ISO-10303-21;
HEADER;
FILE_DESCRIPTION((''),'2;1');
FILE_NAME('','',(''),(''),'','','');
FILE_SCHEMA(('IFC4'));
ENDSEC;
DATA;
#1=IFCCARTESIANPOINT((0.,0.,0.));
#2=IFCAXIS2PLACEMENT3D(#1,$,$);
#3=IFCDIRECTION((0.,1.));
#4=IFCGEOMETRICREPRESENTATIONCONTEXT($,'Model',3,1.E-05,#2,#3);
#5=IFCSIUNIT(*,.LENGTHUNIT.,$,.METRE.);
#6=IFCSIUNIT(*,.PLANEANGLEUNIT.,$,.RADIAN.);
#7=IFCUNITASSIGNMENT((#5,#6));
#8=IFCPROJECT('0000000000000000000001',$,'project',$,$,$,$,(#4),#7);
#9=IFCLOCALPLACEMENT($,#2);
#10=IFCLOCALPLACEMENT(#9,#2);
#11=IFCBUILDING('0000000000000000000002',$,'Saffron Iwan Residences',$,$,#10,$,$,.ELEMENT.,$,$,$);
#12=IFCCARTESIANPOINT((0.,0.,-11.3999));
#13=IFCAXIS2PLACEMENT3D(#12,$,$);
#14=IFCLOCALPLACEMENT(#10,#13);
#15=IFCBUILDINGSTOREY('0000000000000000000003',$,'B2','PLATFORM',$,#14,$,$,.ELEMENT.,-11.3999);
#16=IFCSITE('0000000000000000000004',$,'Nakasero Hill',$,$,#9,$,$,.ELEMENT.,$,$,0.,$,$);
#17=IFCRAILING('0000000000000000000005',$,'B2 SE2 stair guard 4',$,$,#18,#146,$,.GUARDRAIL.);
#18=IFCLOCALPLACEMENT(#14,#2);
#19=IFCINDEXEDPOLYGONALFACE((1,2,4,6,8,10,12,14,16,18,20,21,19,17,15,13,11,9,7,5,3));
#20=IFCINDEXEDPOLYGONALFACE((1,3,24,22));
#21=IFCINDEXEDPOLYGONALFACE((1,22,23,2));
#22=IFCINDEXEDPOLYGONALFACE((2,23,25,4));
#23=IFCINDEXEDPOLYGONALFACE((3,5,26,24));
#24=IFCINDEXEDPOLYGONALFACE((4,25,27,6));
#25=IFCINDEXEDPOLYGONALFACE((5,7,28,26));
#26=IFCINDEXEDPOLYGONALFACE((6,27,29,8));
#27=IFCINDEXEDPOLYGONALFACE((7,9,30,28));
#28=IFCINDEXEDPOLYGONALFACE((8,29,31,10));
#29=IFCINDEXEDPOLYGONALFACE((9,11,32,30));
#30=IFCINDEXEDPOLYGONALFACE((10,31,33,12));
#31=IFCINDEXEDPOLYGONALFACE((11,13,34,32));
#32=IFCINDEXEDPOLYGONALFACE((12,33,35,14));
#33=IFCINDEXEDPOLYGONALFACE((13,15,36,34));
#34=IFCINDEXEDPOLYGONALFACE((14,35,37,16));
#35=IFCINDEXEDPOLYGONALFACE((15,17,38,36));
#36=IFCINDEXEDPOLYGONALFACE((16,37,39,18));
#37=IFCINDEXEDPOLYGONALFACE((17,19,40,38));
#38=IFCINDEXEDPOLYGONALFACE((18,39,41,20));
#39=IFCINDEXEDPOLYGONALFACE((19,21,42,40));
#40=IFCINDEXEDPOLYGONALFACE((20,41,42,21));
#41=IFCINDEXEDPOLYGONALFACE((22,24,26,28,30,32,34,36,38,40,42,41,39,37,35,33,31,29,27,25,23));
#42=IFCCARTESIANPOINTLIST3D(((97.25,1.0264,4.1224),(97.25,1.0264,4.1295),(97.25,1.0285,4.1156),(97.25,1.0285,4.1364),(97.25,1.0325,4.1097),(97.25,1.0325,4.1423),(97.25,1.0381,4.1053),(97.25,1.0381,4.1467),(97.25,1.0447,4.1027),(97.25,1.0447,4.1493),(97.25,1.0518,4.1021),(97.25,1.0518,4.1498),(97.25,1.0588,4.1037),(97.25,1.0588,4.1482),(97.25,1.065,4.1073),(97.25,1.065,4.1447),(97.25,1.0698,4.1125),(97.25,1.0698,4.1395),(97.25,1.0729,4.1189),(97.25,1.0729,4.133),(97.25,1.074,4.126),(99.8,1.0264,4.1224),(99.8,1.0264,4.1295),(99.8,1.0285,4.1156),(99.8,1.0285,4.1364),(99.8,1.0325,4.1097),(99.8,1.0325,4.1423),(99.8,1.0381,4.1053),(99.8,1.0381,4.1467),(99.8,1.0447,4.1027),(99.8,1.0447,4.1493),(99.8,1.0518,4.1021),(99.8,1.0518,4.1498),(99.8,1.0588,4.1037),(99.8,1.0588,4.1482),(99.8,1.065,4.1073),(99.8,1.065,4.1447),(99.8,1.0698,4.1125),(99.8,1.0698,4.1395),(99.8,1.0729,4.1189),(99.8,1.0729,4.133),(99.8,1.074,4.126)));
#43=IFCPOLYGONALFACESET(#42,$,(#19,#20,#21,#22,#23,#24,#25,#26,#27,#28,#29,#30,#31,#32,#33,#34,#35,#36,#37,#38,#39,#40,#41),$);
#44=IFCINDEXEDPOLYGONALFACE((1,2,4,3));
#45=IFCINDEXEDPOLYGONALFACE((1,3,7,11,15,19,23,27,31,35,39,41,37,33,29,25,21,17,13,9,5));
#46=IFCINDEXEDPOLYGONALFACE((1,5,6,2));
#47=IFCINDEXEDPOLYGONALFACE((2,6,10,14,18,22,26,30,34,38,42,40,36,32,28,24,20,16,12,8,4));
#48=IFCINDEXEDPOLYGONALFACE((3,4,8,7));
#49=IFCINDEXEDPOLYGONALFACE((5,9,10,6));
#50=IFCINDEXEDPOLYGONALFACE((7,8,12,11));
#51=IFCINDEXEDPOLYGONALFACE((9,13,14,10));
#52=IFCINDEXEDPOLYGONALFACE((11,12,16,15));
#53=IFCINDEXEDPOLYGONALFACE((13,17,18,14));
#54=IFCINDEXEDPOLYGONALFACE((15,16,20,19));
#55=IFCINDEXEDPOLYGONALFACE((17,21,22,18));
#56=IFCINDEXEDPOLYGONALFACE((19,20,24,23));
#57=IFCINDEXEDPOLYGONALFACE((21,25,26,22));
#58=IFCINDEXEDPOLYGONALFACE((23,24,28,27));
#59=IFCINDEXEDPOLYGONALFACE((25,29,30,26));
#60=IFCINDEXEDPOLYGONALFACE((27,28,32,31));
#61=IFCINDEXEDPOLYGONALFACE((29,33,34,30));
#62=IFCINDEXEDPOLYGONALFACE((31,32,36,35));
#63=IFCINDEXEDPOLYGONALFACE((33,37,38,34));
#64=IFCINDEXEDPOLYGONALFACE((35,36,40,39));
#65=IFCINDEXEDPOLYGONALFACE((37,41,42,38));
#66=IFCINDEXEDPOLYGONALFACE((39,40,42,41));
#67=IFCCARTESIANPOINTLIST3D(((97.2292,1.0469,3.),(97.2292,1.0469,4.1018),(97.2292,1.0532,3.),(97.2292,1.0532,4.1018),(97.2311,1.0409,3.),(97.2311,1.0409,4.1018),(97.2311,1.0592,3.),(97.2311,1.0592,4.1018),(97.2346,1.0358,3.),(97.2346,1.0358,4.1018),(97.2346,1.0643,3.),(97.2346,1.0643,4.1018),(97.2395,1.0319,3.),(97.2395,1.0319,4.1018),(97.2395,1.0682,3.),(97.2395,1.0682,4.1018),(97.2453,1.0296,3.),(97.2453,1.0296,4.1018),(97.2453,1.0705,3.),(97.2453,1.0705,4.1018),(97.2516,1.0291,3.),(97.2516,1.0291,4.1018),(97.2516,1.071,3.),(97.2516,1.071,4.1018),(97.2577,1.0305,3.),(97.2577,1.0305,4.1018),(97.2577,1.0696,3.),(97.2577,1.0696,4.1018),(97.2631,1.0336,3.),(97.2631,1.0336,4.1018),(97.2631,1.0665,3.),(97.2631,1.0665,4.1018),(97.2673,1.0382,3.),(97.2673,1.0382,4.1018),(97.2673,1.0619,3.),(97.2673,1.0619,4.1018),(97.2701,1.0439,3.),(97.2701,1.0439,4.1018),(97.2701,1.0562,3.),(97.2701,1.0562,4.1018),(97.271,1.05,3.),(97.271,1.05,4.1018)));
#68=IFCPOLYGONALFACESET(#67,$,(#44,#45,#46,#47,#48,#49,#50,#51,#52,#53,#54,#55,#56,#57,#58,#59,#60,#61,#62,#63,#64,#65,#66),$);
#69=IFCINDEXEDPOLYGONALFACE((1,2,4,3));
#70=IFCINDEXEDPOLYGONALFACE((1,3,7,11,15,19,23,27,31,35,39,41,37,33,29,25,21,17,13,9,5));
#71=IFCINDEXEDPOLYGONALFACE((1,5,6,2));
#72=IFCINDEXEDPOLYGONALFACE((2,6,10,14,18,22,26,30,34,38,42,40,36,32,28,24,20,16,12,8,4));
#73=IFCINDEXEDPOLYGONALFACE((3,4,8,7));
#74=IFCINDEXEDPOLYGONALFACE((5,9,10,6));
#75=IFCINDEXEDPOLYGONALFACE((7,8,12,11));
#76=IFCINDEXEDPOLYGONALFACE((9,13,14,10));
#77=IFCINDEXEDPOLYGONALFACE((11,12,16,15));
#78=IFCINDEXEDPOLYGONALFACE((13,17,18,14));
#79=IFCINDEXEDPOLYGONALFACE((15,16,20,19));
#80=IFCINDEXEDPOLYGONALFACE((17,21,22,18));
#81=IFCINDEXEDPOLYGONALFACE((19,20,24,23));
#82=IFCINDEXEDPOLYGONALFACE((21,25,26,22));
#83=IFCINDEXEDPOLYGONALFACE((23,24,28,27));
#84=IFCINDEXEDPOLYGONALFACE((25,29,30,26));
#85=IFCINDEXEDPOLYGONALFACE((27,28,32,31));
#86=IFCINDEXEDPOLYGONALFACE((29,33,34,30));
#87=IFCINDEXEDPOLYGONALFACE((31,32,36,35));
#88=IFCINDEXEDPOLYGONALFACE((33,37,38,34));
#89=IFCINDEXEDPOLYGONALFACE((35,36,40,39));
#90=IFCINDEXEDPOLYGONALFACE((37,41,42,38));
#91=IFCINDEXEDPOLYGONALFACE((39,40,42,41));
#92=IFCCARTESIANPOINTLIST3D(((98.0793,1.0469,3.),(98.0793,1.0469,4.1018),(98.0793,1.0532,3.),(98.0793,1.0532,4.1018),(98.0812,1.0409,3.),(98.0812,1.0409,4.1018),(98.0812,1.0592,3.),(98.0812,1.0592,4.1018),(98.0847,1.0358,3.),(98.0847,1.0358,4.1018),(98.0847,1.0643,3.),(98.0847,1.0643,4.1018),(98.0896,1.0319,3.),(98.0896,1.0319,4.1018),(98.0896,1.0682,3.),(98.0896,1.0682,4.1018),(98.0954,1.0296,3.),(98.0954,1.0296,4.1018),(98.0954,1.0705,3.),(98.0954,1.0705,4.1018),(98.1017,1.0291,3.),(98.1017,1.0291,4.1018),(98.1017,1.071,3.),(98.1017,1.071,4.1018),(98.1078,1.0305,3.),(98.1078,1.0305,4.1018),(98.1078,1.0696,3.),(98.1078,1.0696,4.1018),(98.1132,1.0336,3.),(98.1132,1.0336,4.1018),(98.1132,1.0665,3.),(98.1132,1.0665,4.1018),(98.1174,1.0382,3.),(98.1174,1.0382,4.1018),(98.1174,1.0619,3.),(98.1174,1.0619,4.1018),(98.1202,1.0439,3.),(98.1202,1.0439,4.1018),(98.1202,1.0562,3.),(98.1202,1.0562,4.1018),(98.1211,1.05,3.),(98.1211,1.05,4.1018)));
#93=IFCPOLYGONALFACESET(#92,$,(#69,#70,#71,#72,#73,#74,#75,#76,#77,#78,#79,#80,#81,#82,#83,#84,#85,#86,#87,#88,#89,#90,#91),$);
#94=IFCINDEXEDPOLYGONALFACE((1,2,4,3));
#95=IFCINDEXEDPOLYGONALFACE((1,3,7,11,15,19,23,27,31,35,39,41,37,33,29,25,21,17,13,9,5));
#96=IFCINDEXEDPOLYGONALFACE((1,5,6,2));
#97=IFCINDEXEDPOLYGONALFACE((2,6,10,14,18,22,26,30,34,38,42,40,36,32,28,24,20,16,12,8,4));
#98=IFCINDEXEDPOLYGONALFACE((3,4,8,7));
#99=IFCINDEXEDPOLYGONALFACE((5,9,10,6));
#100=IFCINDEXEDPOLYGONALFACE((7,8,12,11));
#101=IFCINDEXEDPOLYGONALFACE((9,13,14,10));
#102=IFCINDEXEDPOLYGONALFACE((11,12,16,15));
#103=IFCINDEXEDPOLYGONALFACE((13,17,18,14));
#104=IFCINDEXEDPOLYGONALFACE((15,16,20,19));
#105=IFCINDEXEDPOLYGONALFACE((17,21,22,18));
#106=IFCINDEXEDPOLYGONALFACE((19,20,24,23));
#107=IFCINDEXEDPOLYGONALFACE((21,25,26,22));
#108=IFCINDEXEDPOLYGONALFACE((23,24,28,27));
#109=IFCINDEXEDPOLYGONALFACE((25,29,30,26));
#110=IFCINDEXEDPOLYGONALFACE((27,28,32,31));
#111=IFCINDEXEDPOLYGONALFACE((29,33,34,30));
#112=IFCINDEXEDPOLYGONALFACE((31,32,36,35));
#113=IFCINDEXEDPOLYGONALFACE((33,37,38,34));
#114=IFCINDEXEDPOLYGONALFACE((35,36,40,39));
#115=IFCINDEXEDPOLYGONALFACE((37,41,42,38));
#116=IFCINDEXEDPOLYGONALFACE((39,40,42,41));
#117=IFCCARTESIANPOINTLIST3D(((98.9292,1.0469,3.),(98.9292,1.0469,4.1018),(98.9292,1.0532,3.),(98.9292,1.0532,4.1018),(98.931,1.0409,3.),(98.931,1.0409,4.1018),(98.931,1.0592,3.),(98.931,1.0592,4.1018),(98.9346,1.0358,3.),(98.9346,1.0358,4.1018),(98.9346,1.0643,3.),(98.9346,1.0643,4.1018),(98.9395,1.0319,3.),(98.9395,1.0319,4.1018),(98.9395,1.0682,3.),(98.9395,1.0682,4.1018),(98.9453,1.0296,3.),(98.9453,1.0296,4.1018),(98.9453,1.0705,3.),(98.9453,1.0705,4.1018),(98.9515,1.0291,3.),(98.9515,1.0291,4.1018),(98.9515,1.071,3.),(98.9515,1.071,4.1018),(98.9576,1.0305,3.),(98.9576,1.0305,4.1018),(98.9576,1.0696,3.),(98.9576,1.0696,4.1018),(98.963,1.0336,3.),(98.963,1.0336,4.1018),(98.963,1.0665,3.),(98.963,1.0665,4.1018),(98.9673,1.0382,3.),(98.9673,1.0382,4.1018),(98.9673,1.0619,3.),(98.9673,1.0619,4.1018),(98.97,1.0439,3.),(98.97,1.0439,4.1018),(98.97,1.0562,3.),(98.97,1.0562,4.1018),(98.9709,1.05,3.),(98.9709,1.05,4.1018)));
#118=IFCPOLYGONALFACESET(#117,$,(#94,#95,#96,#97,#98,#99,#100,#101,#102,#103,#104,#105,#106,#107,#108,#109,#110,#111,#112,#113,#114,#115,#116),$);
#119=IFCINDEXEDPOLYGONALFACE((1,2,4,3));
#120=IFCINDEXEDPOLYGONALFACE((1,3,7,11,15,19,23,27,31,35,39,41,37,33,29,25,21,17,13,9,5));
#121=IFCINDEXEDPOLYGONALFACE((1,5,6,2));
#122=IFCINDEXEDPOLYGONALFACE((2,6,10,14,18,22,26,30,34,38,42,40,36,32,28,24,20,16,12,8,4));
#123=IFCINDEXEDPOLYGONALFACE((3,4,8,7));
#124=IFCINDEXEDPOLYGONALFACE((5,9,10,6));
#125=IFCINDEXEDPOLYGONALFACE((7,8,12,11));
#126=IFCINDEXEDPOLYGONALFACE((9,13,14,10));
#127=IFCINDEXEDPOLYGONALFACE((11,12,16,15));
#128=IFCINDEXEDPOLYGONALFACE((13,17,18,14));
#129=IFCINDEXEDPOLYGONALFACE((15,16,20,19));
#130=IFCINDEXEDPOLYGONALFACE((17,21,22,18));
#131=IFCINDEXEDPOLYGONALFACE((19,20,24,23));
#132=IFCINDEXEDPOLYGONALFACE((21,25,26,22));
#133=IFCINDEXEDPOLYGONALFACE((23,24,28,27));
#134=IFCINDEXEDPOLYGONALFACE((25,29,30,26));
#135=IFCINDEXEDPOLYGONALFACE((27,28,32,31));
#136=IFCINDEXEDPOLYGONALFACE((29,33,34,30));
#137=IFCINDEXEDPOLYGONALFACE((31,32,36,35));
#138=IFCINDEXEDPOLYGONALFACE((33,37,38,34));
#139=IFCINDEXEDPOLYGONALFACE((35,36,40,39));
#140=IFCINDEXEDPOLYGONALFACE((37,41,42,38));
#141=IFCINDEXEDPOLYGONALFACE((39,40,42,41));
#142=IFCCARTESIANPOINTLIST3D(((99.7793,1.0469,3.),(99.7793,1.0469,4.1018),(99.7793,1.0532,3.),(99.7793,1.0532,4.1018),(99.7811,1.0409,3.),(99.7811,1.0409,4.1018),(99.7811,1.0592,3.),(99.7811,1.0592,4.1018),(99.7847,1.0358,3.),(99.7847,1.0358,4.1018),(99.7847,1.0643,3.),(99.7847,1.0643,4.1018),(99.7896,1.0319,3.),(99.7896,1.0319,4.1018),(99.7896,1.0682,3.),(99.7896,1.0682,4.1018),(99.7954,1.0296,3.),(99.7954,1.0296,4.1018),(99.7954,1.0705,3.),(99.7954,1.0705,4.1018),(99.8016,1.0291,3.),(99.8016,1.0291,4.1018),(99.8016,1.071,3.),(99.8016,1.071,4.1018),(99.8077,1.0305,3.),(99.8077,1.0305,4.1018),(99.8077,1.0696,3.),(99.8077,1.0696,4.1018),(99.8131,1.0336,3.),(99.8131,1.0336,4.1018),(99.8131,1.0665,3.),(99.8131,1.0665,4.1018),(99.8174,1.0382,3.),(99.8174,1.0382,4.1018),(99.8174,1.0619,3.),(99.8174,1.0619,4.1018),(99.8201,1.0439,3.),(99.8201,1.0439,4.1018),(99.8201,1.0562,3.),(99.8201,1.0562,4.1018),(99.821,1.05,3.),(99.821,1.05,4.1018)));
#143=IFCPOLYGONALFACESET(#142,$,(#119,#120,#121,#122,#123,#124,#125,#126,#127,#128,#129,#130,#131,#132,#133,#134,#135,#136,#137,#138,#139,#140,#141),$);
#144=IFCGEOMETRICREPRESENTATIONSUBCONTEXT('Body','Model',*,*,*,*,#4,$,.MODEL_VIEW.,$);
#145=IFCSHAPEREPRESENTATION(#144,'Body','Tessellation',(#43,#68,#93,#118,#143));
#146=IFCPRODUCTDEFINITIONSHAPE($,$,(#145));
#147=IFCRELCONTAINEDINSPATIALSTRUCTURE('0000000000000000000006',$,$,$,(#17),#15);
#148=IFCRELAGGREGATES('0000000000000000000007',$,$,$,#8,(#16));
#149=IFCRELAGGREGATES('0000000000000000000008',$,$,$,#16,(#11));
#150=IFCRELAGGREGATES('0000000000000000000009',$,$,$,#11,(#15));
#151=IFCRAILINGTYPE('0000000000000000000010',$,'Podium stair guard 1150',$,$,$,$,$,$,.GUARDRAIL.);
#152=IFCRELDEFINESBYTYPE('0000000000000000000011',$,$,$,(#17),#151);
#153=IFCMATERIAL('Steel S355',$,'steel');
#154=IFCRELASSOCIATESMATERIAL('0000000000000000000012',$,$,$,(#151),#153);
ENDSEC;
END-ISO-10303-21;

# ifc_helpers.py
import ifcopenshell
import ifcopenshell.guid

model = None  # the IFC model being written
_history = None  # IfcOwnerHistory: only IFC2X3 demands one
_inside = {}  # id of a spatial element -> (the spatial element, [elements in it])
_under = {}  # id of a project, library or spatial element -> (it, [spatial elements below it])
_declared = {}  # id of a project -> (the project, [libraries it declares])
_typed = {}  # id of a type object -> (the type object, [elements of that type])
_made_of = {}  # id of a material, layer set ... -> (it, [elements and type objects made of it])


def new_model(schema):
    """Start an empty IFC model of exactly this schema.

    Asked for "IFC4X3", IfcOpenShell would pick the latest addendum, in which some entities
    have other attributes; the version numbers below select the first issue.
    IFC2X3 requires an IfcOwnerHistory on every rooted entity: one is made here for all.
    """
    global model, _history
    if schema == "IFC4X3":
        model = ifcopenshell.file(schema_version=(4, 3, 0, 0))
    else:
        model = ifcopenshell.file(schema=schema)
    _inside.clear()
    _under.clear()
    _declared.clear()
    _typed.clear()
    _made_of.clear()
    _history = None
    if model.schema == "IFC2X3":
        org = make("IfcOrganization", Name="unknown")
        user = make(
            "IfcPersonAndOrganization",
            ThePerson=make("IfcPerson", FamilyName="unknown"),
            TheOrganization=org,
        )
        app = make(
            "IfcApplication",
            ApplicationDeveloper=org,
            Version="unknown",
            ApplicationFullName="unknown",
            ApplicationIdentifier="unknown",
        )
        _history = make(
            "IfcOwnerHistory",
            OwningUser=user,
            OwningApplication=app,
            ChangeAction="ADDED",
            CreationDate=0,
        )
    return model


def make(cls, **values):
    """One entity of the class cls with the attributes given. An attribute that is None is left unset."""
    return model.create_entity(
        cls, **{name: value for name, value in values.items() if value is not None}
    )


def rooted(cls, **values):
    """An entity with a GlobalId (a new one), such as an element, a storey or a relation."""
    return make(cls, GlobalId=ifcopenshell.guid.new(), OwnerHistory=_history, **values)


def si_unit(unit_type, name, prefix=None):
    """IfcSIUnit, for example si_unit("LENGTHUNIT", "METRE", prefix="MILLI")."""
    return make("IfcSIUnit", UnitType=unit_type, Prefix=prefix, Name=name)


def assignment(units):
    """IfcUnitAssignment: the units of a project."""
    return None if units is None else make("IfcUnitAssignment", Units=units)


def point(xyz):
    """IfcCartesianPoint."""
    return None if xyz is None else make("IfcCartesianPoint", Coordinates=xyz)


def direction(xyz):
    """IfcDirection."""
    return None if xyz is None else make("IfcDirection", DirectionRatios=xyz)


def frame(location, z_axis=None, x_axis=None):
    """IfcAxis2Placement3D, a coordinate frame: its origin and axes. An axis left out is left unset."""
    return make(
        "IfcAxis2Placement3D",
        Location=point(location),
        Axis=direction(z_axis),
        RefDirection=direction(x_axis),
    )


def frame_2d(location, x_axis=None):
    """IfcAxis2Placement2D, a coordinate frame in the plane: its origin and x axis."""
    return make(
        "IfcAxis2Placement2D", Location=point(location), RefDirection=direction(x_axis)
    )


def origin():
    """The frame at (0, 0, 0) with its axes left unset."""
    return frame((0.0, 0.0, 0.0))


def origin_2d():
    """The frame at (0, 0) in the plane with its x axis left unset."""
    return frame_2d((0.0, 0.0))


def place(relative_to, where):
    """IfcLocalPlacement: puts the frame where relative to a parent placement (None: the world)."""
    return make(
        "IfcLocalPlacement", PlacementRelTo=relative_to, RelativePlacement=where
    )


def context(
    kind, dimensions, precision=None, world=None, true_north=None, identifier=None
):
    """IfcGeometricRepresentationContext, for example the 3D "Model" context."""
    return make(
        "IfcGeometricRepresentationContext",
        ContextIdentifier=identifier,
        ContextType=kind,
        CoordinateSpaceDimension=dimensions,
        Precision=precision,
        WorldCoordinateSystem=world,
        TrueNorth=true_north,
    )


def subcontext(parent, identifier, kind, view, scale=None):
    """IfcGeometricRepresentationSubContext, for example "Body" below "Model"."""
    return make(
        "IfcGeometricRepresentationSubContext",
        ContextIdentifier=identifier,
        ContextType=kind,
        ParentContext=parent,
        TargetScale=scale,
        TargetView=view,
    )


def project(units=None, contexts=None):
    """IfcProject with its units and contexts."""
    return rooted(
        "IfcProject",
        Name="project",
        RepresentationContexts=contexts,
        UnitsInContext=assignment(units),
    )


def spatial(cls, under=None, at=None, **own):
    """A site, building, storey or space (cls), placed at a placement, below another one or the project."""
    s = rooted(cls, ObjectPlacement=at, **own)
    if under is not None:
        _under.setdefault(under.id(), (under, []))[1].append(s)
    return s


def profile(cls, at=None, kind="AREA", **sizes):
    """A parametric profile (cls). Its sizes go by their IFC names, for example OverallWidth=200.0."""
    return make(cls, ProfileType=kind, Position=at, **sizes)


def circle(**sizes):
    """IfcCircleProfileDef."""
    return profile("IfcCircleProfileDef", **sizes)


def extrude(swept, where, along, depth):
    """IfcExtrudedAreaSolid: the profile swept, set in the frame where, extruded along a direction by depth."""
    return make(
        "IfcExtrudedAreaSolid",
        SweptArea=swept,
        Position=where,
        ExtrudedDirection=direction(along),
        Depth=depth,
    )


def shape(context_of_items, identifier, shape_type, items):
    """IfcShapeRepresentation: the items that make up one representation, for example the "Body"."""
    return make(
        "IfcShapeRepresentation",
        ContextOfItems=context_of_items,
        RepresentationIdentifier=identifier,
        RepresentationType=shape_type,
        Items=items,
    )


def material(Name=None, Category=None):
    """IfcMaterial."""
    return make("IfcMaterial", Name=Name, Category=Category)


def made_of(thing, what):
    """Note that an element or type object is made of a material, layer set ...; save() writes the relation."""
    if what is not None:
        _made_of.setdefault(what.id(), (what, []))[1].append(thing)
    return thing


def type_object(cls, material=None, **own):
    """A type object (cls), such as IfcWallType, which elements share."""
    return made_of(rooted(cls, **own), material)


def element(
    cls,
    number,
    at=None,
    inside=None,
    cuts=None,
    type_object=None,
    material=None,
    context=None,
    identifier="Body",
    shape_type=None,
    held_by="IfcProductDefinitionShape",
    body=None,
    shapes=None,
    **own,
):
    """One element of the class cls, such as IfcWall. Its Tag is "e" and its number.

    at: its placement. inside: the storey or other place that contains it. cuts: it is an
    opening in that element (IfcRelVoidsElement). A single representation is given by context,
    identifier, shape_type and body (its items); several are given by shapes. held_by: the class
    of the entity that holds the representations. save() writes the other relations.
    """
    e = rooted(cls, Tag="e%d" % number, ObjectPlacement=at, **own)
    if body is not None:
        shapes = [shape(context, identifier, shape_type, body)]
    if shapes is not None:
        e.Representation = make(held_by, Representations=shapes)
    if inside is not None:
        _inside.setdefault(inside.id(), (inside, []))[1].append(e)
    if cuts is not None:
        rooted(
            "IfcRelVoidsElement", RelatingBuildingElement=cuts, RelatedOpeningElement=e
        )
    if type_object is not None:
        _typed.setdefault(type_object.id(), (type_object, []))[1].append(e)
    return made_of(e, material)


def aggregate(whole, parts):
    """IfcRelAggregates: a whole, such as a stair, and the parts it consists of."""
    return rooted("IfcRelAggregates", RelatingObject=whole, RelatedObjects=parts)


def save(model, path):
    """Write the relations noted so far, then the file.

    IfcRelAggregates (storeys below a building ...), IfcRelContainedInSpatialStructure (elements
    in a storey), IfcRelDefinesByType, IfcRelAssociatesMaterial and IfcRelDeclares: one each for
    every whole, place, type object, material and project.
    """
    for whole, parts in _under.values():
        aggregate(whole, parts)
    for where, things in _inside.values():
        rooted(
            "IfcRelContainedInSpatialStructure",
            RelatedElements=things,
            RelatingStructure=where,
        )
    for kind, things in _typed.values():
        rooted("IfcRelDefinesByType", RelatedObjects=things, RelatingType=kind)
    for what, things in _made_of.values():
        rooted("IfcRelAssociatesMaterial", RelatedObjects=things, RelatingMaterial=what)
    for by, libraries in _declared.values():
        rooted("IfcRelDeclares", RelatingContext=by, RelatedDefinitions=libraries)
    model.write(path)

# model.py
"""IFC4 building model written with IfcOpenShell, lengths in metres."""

from ifc_helpers import new_model, si_unit, direction, frame, origin, origin_2d, place, context, subcontext, project, spatial, circle, extrude, material, type_object, element, save


model = new_model("IFC4")

# Units and contexts
model_context = context("Model", 3, precision=1e-05, world=origin(), true_north=direction((0.0, 1.0)))
body_context = subcontext(model_context, "Body", "Model", "MODEL_VIEW")
ifc_project = project(units=[si_unit("LENGTHUNIT", "METRE"), si_unit("PLANEANGLEUNIT", "RADIAN")], contexts=[model_context])

# Site, building, storey
site_placement = place(None, origin())
site = spatial("IfcSite", under=ifc_project, at=site_placement, Name="Nakasero Hill", CompositionType="ELEMENT", RefElevation=0.0)
building_placement = place(site_placement, origin())
building = spatial("IfcBuilding", under=site, at=building_placement, Name="Saffron Iwan Residences", CompositionType="ELEMENT")
storey_placement = place(building_placement, frame((0.0, 0.0, -11.3999)))
storey = spatial("IfcBuildingStorey", under=building, at=storey_placement, Name="B2", Description="PLATFORM", CompositionType="ELEMENT", Elevation=-11.3999)

# Railing
ifc_material_1 = material(Name="Steel S355", Category="steel")
railing_type_1 = type_object("IfcRailingType", Name="Podium stair guard 1150", PredefinedType="GUARDRAIL", material=ifc_material_1)
railing_1_placement = place(storey_placement, frame((97.25, 1.05, 3.0)))
element("IfcRailing", 1, at=railing_1_placement, inside=storey, type_object=railing_type_1, Name="B2 SE2 stair guard 4", PredefinedType="GUARDRAIL", context=body_context, shape_type="SweptSolid", body=[
    extrude(circle(Radius=0.0239, at=origin_2d()), frame((0.0, 0.0, 1.126), z_axis=(1.0, 0.0, 0.0), x_axis=(0.0, 1.0, 0.0)), (0.0, 0.0, 1.0), 2.55),
    extrude(circle(Radius=0.021, at=origin_2d()), origin(), (0.0, 0.0, 1.0), 1.1018),
    extrude(circle(Radius=0.021, at=origin_2d()), frame((0.8501, 0.0, 0.0)), (0.0, 0.0, 1.0), 1.1018),
    extrude(circle(Radius=0.021, at=origin_2d()), frame((1.7, 0.0, 0.0)), (0.0, 0.0, 1.0), 1.1018),
    extrude(circle(Radius=0.021, at=origin_2d()), frame((2.55, 0.0, 0.0)), (0.0, 0.0, 1.0), 1.1018),
])

save(model, "model.ifc")
